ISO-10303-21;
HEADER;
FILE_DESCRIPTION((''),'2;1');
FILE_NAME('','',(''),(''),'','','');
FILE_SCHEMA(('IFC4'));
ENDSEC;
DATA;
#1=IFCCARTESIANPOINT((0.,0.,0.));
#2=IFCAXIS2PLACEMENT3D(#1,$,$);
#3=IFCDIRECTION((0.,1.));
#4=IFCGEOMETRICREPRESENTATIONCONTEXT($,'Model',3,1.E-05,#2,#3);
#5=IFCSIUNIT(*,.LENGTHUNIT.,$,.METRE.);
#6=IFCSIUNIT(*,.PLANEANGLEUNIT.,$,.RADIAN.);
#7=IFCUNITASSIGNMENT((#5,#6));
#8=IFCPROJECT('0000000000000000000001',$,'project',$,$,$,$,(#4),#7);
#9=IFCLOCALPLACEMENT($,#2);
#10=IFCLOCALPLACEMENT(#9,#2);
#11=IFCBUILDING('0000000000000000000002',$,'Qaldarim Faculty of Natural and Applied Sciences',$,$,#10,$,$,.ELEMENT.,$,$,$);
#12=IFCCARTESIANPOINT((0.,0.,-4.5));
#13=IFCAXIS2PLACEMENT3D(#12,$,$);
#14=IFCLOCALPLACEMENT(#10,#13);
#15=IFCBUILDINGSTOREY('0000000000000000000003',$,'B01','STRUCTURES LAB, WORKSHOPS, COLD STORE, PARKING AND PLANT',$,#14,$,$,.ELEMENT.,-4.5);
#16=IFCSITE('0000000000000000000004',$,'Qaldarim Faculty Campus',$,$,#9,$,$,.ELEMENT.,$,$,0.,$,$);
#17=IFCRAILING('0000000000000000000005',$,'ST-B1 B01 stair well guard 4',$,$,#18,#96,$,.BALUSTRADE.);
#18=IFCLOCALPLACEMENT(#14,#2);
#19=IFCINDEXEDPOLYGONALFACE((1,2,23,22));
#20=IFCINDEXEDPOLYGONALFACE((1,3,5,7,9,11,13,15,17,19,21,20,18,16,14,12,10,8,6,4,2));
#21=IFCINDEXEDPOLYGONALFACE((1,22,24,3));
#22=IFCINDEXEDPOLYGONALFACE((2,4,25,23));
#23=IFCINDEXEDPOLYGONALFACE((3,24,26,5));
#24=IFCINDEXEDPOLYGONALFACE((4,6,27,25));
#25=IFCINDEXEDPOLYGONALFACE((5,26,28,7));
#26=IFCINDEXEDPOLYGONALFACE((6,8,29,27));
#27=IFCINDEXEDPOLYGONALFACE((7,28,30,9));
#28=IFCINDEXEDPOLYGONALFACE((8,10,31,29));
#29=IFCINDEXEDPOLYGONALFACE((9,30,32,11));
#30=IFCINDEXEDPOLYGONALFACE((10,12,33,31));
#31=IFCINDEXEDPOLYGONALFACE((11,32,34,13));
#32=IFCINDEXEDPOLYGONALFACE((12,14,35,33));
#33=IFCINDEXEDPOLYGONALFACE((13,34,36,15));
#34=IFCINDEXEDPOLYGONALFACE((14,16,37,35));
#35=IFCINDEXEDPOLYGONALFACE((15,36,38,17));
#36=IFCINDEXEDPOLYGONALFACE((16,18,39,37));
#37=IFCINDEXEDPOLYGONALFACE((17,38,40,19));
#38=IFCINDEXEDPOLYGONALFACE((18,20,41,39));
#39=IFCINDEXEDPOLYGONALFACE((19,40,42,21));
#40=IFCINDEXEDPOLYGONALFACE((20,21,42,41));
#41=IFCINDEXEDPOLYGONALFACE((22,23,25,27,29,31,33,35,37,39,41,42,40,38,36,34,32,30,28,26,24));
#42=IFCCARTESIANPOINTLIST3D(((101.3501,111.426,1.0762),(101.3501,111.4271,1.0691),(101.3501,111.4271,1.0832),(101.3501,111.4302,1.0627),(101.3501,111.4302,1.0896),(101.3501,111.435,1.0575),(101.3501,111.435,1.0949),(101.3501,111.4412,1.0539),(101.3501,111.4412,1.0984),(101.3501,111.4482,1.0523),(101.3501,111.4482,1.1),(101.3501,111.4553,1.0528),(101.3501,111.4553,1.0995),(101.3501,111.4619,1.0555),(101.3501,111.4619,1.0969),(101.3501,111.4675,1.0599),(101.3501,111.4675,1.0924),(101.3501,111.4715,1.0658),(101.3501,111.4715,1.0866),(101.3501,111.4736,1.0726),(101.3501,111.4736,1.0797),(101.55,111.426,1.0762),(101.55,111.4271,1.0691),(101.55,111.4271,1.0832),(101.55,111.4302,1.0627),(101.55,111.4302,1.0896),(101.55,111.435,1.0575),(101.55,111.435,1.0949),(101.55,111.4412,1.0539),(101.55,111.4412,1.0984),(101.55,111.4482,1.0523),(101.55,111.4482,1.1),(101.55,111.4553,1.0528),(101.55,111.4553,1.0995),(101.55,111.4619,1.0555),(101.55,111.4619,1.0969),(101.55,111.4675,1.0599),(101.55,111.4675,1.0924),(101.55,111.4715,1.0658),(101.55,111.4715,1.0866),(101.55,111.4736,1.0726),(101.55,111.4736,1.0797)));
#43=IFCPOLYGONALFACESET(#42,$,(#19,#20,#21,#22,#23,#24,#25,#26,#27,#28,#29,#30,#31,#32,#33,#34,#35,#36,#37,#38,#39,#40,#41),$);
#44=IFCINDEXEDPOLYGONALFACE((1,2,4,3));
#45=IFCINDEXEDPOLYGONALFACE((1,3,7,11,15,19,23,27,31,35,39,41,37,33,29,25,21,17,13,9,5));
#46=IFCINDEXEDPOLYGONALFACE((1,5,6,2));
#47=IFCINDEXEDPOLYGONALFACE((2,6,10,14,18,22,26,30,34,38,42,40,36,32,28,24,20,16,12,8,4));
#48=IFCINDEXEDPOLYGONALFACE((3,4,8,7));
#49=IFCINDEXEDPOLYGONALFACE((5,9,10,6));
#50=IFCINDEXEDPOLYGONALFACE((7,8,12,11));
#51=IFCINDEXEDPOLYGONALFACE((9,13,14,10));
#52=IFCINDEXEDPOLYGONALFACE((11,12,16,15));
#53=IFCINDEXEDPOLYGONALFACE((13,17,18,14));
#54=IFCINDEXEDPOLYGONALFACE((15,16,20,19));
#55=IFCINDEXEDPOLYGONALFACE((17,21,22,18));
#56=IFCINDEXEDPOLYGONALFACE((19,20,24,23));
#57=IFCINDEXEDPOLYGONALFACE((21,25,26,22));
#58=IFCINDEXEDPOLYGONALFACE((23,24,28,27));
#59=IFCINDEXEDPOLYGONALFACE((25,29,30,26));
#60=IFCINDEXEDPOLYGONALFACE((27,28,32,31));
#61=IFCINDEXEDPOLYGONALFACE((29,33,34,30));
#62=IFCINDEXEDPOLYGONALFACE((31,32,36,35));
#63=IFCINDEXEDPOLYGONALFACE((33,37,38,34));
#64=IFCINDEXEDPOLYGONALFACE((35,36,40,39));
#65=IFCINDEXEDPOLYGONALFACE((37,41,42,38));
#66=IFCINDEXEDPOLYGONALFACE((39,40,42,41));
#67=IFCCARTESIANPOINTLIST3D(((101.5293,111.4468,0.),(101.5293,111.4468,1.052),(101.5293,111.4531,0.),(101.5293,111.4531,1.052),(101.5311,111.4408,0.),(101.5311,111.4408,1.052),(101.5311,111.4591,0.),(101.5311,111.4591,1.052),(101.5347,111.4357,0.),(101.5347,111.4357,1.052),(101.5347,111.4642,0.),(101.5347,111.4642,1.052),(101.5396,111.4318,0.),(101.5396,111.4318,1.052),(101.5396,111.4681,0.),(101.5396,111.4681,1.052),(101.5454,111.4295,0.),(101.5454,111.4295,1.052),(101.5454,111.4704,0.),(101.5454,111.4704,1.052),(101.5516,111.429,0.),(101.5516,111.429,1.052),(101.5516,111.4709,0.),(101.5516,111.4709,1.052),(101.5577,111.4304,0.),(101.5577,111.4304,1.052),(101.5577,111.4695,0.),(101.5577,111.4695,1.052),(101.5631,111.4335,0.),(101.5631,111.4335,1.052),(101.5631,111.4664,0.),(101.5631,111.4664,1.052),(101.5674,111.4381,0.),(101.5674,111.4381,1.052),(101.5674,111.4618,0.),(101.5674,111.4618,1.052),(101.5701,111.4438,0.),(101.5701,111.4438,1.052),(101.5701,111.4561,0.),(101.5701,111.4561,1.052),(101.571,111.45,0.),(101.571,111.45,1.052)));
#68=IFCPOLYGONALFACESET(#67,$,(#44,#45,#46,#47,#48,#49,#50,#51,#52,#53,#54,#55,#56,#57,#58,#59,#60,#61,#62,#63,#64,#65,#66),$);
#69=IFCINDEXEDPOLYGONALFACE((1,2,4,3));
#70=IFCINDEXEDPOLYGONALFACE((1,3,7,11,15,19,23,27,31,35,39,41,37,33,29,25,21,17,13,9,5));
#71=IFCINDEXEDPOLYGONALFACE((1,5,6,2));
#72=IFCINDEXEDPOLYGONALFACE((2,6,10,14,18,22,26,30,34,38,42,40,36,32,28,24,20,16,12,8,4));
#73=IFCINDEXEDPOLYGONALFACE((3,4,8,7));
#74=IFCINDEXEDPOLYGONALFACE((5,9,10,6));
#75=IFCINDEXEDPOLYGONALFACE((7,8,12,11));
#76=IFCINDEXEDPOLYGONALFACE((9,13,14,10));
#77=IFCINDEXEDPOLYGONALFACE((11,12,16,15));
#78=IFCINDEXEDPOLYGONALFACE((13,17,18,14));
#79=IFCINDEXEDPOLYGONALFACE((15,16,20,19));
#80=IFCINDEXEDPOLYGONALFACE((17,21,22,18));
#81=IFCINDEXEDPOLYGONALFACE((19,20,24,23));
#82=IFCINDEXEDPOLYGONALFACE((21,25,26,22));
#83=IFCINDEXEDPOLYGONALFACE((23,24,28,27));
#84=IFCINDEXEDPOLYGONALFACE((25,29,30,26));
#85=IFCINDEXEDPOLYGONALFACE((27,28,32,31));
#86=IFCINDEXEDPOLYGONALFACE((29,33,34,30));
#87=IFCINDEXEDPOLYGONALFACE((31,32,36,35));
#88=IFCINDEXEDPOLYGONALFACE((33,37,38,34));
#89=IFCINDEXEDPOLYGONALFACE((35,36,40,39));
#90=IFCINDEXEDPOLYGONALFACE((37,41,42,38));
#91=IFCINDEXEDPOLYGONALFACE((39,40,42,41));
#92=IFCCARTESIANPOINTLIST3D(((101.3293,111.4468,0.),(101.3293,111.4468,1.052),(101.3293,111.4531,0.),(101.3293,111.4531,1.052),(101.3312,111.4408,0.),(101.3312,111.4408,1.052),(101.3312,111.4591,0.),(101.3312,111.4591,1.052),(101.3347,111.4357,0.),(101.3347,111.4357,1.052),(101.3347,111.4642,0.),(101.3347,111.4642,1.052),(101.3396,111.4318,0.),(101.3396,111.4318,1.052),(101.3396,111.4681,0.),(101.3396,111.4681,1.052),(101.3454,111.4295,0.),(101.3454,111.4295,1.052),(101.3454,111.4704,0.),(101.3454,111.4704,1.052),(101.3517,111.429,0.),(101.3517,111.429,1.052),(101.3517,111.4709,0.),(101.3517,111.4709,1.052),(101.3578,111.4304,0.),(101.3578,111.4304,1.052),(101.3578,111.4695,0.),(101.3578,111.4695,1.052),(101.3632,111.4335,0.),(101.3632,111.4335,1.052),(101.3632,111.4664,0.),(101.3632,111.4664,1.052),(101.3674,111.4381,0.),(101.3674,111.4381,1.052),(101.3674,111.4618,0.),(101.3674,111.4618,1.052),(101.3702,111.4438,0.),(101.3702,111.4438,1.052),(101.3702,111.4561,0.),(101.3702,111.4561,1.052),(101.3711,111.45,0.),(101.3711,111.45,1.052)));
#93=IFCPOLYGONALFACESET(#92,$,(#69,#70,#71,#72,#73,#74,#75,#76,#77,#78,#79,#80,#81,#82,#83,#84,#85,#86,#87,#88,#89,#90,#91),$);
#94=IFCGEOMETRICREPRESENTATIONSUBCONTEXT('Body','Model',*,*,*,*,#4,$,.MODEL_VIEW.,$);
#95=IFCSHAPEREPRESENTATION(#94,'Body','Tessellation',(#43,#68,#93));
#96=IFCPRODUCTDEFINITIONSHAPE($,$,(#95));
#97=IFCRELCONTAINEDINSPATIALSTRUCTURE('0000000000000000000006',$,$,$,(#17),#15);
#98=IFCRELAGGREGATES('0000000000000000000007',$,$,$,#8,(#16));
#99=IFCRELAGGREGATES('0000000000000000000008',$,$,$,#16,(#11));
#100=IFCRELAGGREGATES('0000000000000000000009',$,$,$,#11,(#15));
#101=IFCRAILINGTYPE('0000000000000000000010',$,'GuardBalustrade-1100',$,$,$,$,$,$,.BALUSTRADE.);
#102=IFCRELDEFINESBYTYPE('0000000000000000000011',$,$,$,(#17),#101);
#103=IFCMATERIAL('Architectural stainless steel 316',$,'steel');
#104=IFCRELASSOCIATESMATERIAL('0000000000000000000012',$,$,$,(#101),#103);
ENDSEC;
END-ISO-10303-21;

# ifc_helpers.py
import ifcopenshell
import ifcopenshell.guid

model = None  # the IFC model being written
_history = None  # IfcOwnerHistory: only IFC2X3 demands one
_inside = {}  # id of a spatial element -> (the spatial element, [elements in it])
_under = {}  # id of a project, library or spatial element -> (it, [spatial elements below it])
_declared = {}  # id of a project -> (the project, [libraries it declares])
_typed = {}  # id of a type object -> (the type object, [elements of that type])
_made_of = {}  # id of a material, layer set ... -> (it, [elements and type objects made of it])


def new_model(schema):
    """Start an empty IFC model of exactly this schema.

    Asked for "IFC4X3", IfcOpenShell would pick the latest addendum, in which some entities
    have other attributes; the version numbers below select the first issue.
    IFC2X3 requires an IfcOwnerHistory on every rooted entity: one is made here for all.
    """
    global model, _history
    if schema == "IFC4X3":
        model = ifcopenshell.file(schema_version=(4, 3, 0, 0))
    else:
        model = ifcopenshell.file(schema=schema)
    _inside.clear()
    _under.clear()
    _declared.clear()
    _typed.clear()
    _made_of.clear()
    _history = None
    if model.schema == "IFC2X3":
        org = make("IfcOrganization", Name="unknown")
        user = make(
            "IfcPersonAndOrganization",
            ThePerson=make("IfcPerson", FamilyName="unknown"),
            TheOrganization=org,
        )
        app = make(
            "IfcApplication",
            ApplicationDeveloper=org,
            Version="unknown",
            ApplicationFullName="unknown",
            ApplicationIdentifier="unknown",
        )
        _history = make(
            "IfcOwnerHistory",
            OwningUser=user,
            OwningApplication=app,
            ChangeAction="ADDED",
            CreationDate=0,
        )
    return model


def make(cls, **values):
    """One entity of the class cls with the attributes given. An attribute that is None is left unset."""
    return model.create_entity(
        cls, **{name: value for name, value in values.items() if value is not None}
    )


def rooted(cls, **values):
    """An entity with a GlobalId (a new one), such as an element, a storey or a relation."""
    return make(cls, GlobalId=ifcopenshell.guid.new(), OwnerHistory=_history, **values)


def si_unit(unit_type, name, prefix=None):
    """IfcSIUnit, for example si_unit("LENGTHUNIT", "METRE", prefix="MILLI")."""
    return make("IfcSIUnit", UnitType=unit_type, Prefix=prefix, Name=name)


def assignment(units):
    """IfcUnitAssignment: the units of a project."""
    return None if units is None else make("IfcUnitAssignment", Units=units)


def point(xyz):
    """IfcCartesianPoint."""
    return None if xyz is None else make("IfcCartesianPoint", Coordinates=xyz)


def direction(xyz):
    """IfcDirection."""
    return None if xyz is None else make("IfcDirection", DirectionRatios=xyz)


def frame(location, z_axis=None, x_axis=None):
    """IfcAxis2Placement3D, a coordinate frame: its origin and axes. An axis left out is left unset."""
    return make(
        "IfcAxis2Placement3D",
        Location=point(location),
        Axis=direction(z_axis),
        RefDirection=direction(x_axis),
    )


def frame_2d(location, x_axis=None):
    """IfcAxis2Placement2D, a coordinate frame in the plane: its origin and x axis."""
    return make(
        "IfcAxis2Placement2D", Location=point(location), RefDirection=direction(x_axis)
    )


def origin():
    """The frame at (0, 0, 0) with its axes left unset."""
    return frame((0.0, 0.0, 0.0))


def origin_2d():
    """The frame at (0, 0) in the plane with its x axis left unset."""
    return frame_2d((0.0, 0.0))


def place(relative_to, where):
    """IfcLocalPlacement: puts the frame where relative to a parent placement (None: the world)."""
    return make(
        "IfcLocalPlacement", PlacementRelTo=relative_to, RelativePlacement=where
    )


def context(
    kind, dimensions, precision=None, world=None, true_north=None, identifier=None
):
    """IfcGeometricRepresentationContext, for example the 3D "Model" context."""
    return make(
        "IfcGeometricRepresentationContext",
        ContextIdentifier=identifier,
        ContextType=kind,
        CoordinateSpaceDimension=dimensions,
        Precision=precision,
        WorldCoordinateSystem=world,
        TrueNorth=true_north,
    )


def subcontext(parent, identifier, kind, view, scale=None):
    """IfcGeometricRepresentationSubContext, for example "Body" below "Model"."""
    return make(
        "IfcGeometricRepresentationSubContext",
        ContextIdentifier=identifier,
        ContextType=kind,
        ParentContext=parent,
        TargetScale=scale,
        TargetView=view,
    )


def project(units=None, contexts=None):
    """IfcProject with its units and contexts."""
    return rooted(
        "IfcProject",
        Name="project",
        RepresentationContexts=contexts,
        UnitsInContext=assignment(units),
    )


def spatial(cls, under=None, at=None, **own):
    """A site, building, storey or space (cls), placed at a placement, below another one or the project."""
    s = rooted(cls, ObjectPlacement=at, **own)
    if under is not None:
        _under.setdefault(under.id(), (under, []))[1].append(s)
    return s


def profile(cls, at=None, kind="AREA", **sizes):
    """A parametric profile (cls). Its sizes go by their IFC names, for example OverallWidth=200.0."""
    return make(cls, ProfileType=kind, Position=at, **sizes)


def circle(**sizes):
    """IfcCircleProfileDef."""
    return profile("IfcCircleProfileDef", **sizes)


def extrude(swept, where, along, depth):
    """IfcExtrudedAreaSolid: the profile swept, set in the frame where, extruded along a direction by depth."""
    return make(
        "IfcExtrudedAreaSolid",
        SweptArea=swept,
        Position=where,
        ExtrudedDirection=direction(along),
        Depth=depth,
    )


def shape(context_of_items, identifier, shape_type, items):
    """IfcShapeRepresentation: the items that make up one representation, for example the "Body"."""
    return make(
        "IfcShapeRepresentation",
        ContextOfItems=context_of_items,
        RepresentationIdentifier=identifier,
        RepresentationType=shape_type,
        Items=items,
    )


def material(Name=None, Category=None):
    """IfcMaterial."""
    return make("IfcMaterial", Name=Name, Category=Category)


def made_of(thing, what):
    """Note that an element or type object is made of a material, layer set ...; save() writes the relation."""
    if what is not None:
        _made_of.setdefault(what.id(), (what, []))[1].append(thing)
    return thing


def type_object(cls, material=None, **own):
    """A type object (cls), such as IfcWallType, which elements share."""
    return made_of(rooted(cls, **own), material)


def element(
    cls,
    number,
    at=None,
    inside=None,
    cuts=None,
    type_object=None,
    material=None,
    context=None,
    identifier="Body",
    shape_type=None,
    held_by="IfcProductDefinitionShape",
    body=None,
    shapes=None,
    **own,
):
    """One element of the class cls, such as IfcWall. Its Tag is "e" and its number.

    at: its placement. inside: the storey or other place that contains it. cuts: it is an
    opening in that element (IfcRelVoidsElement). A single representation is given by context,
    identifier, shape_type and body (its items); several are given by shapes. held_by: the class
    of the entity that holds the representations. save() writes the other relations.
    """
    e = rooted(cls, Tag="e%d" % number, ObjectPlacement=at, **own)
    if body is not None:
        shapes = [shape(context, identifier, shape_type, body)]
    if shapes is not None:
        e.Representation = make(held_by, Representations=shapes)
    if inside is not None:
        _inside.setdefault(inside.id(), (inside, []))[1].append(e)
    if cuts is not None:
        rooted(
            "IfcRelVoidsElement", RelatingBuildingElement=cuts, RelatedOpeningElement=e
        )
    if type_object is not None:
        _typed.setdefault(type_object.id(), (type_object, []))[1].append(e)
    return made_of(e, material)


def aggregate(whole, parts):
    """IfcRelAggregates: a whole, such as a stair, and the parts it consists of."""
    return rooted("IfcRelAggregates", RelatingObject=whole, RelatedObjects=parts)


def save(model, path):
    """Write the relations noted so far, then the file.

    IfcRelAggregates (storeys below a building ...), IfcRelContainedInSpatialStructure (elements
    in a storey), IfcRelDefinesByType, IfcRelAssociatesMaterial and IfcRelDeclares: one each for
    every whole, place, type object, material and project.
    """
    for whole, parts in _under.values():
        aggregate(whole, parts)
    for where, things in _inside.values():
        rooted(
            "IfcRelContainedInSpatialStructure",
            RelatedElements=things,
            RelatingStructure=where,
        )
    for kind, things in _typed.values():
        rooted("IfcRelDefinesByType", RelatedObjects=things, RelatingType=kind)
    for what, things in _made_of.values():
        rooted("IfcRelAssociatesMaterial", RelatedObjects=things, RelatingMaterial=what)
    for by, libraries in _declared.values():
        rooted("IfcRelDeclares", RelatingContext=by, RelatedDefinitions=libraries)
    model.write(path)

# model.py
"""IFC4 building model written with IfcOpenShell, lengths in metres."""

from ifc_helpers import new_model, si_unit, direction, frame, origin, origin_2d, place, context, subcontext, project, spatial, circle, extrude, material, type_object, element, save


model = new_model("IFC4")

# Units and contexts
model_context = context("Model", 3, precision=1e-05, world=origin(), true_north=direction((0.0, 1.0)))
body_context = subcontext(model_context, "Body", "Model", "MODEL_VIEW")
ifc_project = project(units=[si_unit("LENGTHUNIT", "METRE"), si_unit("PLANEANGLEUNIT", "RADIAN")], contexts=[model_context])

# Site, building, storey
site_placement = place(None, origin())
site = spatial("IfcSite", under=ifc_project, at=site_placement, Name="Qaldarim Faculty Campus", CompositionType="ELEMENT", RefElevation=0.0)
building_placement = place(site_placement, origin())
building = spatial("IfcBuilding", under=site, at=building_placement, Name="Qaldarim Faculty of Natural and Applied Sciences", CompositionType="ELEMENT")
storey_placement = place(building_placement, frame((0.0, 0.0, -4.5)))
storey = spatial("IfcBuildingStorey", under=building, at=storey_placement, Name="B01", Description="STRUCTURES LAB, WORKSHOPS, COLD STORE, PARKING AND PLANT", CompositionType="ELEMENT", Elevation=-4.5)

# Shared definitions
ifc_material_1 = material(Name="Architectural stainless steel 316", Category="steel")

# Railing
railing_type_1 = type_object("IfcRailingType", Name="GuardBalustrade-1100", PredefinedType="BALUSTRADE", material=ifc_material_1)
railing_1_placement = place(storey_placement, frame((101.55, 111.45, 0.0)))
element("IfcRailing", 1, at=railing_1_placement, inside=storey, type_object=railing_type_1, Name="ST-B1 B01 stair well guard 4", PredefinedType="BALUSTRADE", context=body_context, shape_type="SweptSolid", body=[
    extrude(circle(Radius=0.0239, at=origin_2d()), frame((0.0, 0.0, 1.0762), z_axis=(-1.0, 0.0, 0.0), x_axis=(0.0, -1.0, 0.0)), (0.0, 0.0, 1.0), 0.2),
    extrude(circle(Radius=0.021, at=origin_2d()), origin(), (0.0, 0.0, 1.0), 1.052),
    extrude(circle(Radius=0.021, at=origin_2d()), frame((-0.2, 0.0, 0.0)), (0.0, 0.0, 1.0), 1.052),
])

save(model, "model.ifc")
